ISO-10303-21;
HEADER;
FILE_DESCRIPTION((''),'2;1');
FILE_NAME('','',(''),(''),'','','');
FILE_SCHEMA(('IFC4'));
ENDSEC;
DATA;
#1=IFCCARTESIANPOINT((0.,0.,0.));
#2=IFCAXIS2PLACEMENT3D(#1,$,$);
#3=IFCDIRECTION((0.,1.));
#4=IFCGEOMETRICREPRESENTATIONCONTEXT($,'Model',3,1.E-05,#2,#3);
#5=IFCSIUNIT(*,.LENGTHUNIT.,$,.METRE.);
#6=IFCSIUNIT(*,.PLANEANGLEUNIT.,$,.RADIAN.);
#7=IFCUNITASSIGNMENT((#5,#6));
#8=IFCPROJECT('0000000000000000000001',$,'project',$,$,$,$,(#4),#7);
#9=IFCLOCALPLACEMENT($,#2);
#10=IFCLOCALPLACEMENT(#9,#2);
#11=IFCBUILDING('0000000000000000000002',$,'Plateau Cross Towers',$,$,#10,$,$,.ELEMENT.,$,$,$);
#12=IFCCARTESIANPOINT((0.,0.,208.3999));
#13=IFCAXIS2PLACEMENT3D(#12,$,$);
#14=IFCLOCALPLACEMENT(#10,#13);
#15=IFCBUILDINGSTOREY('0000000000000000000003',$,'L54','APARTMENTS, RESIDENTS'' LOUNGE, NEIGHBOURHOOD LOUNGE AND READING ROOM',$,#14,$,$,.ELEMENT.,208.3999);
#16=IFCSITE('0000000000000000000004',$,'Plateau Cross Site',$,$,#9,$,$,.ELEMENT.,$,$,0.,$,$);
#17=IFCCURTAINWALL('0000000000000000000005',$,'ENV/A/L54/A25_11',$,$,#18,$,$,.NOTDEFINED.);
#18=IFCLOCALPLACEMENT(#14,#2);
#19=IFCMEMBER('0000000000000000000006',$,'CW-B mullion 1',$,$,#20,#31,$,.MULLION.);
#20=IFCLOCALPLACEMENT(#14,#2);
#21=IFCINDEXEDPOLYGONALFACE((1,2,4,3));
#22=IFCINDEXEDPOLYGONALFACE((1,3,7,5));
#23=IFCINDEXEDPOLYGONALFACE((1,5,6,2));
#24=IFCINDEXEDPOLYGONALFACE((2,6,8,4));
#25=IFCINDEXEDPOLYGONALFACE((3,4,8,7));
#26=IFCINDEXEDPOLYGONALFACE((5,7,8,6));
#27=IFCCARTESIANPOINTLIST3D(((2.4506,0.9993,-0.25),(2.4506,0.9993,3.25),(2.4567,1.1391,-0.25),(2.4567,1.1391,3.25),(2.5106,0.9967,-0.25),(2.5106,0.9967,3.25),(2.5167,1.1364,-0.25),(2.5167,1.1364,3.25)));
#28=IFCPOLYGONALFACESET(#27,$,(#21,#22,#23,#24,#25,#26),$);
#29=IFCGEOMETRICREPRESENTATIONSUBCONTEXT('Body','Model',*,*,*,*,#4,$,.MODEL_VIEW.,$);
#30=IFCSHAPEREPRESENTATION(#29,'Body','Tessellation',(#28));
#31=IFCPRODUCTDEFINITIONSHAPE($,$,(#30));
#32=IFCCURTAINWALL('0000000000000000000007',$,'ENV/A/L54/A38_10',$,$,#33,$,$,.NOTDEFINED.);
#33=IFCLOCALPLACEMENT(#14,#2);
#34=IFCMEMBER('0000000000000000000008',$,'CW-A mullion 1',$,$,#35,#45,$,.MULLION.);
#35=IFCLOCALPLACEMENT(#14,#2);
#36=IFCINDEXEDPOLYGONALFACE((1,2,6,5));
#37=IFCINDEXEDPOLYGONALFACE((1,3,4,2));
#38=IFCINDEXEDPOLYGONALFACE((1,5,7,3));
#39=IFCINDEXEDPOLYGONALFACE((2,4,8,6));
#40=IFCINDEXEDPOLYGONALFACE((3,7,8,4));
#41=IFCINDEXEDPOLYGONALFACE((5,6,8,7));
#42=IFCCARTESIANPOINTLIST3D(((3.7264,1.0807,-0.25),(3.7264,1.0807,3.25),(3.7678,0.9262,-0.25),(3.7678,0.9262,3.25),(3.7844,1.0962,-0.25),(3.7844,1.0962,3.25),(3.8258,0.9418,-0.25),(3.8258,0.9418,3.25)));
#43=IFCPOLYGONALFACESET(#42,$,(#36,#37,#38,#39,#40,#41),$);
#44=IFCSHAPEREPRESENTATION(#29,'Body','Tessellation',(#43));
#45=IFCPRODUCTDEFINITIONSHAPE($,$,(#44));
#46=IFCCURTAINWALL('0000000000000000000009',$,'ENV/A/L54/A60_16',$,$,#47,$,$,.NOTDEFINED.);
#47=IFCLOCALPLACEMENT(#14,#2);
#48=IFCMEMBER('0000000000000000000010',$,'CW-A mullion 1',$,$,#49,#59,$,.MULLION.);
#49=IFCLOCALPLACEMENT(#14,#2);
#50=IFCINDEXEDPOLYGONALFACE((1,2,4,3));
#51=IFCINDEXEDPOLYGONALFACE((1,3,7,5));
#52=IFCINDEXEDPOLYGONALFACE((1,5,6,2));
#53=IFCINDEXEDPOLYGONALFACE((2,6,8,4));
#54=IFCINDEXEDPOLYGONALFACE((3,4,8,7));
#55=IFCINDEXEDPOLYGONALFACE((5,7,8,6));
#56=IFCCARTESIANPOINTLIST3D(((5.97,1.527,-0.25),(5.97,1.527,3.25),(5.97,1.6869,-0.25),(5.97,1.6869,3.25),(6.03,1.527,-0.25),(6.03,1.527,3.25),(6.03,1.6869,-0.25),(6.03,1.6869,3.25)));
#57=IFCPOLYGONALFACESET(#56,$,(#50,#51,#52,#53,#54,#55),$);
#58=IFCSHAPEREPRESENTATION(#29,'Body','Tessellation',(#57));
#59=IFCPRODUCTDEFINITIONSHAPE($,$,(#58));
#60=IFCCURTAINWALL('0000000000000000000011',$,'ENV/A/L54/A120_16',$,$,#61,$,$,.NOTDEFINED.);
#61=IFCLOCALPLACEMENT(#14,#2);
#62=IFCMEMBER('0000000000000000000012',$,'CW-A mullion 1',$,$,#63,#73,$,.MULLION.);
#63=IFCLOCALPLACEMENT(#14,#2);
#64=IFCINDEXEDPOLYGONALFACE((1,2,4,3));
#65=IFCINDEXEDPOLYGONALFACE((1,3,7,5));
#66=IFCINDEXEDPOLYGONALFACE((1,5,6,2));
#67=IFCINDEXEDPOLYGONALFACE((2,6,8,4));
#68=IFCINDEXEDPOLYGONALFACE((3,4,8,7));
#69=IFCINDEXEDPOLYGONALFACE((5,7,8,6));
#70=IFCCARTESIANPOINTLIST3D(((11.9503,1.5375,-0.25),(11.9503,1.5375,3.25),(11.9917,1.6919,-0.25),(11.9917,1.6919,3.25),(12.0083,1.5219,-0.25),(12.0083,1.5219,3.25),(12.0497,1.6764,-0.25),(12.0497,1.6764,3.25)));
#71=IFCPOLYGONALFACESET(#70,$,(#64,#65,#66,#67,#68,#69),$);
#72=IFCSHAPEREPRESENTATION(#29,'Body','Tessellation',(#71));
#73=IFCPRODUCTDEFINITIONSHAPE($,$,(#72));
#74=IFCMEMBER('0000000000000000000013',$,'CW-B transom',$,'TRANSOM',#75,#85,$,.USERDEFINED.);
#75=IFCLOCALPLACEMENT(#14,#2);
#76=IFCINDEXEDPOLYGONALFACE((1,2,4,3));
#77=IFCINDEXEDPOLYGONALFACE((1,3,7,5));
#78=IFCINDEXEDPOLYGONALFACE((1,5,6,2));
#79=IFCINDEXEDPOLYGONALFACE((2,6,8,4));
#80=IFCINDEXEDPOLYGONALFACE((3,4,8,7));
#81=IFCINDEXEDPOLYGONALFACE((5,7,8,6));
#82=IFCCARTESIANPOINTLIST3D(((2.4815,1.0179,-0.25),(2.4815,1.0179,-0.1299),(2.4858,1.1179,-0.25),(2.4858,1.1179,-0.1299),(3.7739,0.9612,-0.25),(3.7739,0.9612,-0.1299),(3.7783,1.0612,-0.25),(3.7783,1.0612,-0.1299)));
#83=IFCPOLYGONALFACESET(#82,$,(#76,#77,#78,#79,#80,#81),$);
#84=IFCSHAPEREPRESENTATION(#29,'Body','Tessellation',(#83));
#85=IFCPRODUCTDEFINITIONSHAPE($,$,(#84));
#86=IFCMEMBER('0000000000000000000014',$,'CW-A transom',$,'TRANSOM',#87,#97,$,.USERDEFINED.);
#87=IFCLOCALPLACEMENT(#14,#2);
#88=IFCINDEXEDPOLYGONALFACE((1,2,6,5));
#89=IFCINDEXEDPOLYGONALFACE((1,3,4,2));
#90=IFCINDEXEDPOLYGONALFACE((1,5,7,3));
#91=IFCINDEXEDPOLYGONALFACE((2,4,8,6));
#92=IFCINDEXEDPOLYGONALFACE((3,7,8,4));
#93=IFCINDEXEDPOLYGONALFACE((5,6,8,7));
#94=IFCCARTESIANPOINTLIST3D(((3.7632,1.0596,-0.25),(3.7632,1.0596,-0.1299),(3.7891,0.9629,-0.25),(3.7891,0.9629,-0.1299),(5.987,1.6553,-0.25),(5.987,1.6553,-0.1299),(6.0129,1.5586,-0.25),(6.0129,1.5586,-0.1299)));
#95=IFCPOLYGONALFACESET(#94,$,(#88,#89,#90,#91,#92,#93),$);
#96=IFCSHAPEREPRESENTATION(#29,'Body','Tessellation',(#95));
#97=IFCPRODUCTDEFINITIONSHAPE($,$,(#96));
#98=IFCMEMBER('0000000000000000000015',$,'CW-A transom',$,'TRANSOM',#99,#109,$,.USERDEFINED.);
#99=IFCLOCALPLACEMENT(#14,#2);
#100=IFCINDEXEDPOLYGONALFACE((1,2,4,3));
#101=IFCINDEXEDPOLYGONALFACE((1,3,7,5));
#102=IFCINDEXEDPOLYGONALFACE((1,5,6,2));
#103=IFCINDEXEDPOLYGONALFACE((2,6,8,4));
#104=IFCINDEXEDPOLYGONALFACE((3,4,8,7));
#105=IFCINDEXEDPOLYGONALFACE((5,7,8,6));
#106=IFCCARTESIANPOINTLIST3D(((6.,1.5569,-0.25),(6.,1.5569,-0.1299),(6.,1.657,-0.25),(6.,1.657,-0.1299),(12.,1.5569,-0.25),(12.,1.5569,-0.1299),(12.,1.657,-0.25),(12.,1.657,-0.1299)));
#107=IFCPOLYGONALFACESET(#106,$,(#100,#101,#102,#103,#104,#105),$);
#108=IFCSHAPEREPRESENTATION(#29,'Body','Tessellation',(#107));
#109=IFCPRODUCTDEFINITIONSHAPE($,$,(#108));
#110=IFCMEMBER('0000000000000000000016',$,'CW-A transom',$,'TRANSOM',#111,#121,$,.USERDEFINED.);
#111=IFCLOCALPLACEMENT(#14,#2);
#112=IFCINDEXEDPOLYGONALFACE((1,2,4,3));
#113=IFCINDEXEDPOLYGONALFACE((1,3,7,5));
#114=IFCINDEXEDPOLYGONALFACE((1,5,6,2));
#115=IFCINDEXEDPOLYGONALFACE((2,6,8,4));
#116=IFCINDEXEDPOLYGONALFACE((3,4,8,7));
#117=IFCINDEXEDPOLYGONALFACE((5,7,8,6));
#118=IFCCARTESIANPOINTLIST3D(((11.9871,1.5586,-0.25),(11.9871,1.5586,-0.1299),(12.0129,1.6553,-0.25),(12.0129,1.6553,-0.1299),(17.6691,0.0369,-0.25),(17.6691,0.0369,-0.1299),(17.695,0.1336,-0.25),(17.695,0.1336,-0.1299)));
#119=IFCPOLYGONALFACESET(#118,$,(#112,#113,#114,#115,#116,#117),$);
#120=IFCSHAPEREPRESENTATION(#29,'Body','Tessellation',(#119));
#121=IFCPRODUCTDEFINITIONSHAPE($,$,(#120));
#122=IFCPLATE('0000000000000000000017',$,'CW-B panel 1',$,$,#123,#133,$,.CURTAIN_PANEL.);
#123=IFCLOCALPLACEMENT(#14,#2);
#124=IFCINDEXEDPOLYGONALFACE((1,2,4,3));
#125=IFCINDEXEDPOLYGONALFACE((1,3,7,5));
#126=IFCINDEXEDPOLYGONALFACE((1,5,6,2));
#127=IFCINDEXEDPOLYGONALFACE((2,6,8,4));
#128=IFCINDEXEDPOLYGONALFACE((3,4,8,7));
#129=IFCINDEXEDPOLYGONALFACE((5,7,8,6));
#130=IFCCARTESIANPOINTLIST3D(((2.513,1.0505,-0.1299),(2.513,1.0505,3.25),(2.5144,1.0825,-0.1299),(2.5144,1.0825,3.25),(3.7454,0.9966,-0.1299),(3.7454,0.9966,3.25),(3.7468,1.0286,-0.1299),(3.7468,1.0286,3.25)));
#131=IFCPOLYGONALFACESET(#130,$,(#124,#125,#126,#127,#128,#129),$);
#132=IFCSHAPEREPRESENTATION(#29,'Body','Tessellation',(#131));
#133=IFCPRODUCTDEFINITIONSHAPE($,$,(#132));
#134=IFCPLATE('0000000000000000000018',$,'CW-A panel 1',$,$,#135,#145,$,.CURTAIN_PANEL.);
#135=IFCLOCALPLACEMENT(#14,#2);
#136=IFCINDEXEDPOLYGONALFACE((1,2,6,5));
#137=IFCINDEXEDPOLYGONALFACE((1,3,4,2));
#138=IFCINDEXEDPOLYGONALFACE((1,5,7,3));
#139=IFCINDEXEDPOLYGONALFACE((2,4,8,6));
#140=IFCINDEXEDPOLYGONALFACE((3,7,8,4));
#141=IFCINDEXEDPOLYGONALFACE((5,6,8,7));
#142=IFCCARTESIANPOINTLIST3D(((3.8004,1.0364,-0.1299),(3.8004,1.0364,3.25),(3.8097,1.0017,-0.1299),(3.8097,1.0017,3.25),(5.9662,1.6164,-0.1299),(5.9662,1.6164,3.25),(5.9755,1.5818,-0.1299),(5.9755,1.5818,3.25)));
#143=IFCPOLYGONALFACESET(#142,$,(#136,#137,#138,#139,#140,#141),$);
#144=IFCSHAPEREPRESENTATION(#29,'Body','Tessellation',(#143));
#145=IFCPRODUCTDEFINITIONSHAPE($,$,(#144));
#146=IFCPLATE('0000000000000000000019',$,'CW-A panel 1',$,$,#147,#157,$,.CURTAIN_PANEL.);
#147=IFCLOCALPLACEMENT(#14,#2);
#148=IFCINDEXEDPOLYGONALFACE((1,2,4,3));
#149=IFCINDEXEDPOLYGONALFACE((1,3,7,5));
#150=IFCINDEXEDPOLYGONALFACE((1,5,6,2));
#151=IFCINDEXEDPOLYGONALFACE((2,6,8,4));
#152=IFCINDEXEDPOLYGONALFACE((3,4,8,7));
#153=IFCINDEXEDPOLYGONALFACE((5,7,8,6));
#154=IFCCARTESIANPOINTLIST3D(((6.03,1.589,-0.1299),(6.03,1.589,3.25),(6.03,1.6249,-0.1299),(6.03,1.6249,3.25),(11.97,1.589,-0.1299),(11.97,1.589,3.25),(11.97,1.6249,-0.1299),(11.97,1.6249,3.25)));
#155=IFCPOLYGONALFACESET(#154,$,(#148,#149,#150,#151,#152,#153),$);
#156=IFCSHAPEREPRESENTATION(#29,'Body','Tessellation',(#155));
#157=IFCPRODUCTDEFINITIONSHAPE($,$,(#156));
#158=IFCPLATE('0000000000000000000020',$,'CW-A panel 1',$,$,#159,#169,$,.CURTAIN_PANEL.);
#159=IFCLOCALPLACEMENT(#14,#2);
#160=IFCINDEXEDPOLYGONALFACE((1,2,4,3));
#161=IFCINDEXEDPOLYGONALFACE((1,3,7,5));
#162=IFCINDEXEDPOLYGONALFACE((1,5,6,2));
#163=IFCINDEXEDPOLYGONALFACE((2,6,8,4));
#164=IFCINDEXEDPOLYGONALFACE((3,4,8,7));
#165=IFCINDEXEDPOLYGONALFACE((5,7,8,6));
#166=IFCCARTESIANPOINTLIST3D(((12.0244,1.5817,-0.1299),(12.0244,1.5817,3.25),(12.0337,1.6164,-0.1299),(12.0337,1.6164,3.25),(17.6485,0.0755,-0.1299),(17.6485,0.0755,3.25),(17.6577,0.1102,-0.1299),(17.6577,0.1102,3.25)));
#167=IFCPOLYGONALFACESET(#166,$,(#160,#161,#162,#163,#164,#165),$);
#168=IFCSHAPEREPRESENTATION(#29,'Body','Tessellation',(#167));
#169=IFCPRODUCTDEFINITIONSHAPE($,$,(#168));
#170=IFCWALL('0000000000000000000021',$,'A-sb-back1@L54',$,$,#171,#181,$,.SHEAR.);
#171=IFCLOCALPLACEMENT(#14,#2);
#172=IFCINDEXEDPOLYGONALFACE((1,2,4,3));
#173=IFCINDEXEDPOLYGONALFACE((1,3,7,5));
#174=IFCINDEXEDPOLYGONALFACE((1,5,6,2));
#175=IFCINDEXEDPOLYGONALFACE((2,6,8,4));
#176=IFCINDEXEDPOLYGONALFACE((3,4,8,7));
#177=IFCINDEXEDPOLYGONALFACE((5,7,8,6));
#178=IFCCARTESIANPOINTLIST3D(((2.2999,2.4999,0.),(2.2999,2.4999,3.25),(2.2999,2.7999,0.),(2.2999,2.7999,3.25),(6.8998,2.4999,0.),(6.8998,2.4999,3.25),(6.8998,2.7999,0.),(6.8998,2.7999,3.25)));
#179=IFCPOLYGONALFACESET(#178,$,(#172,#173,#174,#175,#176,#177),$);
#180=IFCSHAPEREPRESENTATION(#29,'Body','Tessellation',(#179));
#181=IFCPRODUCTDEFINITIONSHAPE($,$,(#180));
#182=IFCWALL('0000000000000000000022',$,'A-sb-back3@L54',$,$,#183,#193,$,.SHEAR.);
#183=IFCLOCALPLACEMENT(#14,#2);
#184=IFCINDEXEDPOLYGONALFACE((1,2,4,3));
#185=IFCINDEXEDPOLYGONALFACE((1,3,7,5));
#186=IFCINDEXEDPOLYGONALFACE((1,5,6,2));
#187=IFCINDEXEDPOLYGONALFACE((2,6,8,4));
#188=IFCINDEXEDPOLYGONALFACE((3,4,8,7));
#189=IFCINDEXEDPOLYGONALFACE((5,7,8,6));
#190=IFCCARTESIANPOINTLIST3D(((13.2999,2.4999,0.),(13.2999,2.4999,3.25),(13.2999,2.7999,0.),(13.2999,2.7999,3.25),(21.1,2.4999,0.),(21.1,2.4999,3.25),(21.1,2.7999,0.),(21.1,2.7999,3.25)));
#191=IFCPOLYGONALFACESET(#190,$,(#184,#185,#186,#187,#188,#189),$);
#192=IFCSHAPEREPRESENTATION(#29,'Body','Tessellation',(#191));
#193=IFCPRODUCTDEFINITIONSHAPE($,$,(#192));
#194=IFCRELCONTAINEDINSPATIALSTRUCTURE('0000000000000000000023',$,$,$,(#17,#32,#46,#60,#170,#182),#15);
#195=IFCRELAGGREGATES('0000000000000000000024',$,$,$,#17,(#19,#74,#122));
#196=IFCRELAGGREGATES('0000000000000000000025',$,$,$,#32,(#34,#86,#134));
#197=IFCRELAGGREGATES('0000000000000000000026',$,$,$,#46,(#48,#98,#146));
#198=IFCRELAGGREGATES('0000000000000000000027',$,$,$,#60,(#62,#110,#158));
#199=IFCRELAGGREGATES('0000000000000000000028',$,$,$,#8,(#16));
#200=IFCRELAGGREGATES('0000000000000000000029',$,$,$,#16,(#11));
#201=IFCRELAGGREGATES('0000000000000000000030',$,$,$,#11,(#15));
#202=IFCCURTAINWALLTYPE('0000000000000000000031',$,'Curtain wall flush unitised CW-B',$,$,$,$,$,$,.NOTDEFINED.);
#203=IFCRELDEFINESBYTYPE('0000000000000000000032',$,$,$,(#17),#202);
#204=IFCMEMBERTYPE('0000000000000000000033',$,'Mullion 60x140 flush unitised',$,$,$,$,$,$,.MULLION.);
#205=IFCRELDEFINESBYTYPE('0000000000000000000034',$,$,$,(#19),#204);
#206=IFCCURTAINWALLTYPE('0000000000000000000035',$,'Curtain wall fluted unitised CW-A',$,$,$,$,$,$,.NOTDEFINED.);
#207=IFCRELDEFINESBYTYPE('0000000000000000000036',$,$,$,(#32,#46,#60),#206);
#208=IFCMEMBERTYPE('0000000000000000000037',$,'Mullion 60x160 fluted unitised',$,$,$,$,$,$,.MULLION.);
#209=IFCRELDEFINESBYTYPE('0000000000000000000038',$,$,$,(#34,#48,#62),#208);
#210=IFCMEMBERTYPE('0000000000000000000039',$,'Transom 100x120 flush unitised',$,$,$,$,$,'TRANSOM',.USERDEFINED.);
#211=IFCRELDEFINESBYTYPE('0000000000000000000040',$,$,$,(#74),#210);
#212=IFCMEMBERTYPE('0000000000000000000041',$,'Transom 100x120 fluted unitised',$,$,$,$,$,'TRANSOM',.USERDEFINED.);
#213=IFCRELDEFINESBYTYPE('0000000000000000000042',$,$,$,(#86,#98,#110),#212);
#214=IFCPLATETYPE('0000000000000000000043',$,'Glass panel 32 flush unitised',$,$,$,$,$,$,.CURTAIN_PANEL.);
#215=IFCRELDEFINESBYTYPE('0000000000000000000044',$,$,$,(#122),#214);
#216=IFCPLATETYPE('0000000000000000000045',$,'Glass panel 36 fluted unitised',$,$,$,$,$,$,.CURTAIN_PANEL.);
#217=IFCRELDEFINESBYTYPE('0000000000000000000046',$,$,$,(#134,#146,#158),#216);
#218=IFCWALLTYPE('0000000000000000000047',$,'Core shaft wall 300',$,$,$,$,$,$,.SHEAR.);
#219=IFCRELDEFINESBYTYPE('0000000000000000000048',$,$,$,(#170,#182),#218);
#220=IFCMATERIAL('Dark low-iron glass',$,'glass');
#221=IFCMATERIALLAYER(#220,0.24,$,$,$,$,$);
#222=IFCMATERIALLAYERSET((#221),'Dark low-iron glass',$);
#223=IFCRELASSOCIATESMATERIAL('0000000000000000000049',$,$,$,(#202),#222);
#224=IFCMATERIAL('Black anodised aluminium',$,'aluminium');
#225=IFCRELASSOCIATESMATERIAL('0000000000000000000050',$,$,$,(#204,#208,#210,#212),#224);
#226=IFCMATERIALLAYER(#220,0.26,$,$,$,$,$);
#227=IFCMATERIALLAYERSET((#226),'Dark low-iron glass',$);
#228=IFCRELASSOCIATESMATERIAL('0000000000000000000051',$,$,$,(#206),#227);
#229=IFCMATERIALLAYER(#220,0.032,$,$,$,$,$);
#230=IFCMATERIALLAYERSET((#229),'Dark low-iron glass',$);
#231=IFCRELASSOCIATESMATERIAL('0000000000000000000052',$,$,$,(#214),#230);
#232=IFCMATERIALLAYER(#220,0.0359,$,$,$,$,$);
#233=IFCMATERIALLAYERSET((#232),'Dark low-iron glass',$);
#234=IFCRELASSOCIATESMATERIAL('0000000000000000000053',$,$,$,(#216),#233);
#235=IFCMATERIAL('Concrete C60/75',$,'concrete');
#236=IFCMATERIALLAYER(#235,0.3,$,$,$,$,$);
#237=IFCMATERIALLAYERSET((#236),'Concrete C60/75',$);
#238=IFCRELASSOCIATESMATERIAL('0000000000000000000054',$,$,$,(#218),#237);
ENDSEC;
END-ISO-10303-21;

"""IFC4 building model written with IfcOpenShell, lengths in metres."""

from ifc_helpers import new_model, si_unit, direction, frame, frame_2d, origin, origin_2d, place, context, subcontext, project, spatial, rectangle, extrude, material, layer, layer_set, material_profile, profile_set, type_object, element, aggregate, save


model = new_model("IFC4")

# Units and contexts
model_context = context("Model", 3, precision=1e-05, world=origin(), true_north=direction((0.0, 1.0)))
body_context = subcontext(model_context, "Body", "Model", "MODEL_VIEW")
ifc_project = project(units=[si_unit("LENGTHUNIT", "METRE"), si_unit("PLANEANGLEUNIT", "RADIAN")], contexts=[model_context])

# Site, building, storey
site_placement = place(None, origin())
site = spatial("IfcSite", under=ifc_project, at=site_placement, Name="Plateau Cross Site", CompositionType="ELEMENT", RefElevation=0.0)
building_placement = place(site_placement, origin())
building = spatial("IfcBuilding", under=site, at=building_placement, Name="Plateau Cross Towers", CompositionType="ELEMENT")
storey_placement = place(building_placement, frame((0.0, 0.0, 208.3999)))
storey = spatial("IfcBuildingStorey", under=building, at=storey_placement, Name="L54", Description="APARTMENTS, RESIDENTS' LOUNGE, NEIGHBOURHOOD LOUNGE AND READING ROOM", CompositionType="ELEMENT", Elevation=208.3999)

# Curtain walls, members
ifc_material_1 = material(Name="Dark low-iron glass", Category="glass")
ifc_layer_1 = layer(ifc_material_1, 0.24)
ifc_layer_set_1 = layer_set([ifc_layer_1], Name="Dark low-iron glass")
curtain_wall_type_1 = type_object("IfcCurtainWallType", Name="Curtain wall flush unitised CW-B", PredefinedType="NOTDEFINED", material=ifc_layer_set_1)
curtain_wall_1_placement = place(storey_placement, origin())
curtain_wall_1 = element("IfcCurtainWall", 1, at=curtain_wall_1_placement, inside=storey, type_object=curtain_wall_type_1, Name="ENV/A/L54/A25_11", PredefinedType="NOTDEFINED")
ifc_material_2 = material(Name="Black anodised aluminium", Category="aluminium")
ifc_material_profile_1 = material_profile(ifc_material_2, rectangle(XDim=0.0601, YDim=0.1399, at=origin_2d()), Name="MULLION 60x140")
ifc_profile_set_1 = profile_set([ifc_material_profile_1], Name="Black anodised aluminium")
member_type_1 = type_object("IfcMemberType", Name="Mullion 60x140 flush unitised", PredefinedType="MULLION", material=ifc_profile_set_1)
member_1_placement = place(storey_placement, frame((2.4836, 1.0679, -0.25), z_axis=(0.0, 0.0, 1.0), x_axis=(0.999044, -0.043723, 0.0)))
member_1 = element("IfcMember", 2, at=member_1_placement, type_object=member_type_1, Name="CW-B mullion 1", PredefinedType="MULLION", context=body_context, shape_type="SweptSolid", body=[
    extrude(rectangle(XDim=0.0601, YDim=0.1399, at=origin_2d()), origin(), (0.0, 0.0, 1.0), 3.5),
])
ifc_layer_2 = layer(ifc_material_1, 0.26)
ifc_layer_set_2 = layer_set([ifc_layer_2], Name="Dark low-iron glass")
curtain_wall_type_2 = type_object("IfcCurtainWallType", Name="Curtain wall fluted unitised CW-A", PredefinedType="NOTDEFINED", material=ifc_layer_set_2)
curtain_wall_2_placement = place(storey_placement, origin())
curtain_wall_2 = element("IfcCurtainWall", 3, at=curtain_wall_2_placement, inside=storey, type_object=curtain_wall_type_2, Name="ENV/A/L54/A38_10", PredefinedType="NOTDEFINED")
ifc_material_profile_2 = material_profile(ifc_material_2, rectangle(XDim=0.0601, YDim=0.1599, at=origin_2d()), Name="MULLION 60x160")
ifc_profile_set_2 = profile_set([ifc_material_profile_2], Name="Black anodised aluminium")
member_type_2 = type_object("IfcMemberType", Name="Mullion 60x160 fluted unitised", PredefinedType="MULLION", material=ifc_profile_set_2)
member_2_placement = place(storey_placement, frame((3.7761, 1.0112, -0.25), z_axis=(0.0, 0.0, 1.0), x_axis=(0.965958, 0.258699, 0.0)))
member_2 = element("IfcMember", 4, at=member_2_placement, type_object=member_type_2, Name="CW-A mullion 1", PredefinedType="MULLION", context=body_context, shape_type="SweptSolid", body=[
    extrude(rectangle(XDim=0.0601, YDim=0.1599, at=origin_2d()), origin(), (0.0, 0.0, 1.0), 3.5),
])
curtain_wall_3_placement = place(storey_placement, origin())
curtain_wall_3 = element("IfcCurtainWall", 5, at=curtain_wall_3_placement, inside=storey, type_object=curtain_wall_type_2, Name="ENV/A/L54/A60_16", PredefinedType="NOTDEFINED")
member_3_placement = place(storey_placement, frame((6.0, 1.6069, -0.25), z_axis=(0.0, 0.0, 1.0), x_axis=(1.0, 0.0, 0.0)))
member_3 = element("IfcMember", 6, at=member_3_placement, type_object=member_type_2, Name="CW-A mullion 1", PredefinedType="MULLION", context=body_context, shape_type="SweptSolid", body=[
    extrude(rectangle(XDim=0.0601, YDim=0.1599, at=origin_2d()), origin(), (0.0, 0.0, 1.0), 3.5),
])
curtain_wall_4_placement = place(storey_placement, origin())
curtain_wall_4 = element("IfcCurtainWall", 7, at=curtain_wall_4_placement, inside=storey, type_object=curtain_wall_type_2, Name="ENV/A/L54/A120_16", PredefinedType="NOTDEFINED")
member_4_placement = place(storey_placement, frame((12.0, 1.6069, -0.25), z_axis=(0.0, 0.0, 1.0), x_axis=(0.965958, -0.258699, 0.0)))
member_4 = element("IfcMember", 8, at=member_4_placement, type_object=member_type_2, Name="CW-A mullion 1", PredefinedType="MULLION", context=body_context, shape_type="SweptSolid", body=[
    extrude(rectangle(XDim=0.0601, YDim=0.1599, at=origin_2d()), origin(), (0.0, 0.0, 1.0), 3.5),
])

# Members
ifc_material_profile_3 = material_profile(ifc_material_2, rectangle(XDim=0.1001, YDim=0.1201, at=origin_2d()), Name="TRANSOM 100x120")
ifc_profile_set_3 = profile_set([ifc_material_profile_3], Name="Black anodised aluminium")
member_type_3 = type_object("IfcMemberType", Name="Transom 100x120 flush unitised", ElementType="TRANSOM", PredefinedType="USERDEFINED", material=ifc_profile_set_3)
member_5_placement = place(storey_placement, frame((2.4836, 1.0679, -0.1899), z_axis=(0.999041, -0.043781, 0.0), x_axis=(0.043781, 0.999041, 0.0)))
member_5 = element("IfcMember", 9, at=member_5_placement, type_object=member_type_3, Name="CW-B transom", ObjectType="TRANSOM", PredefinedType="USERDEFINED", context=body_context, shape_type="SweptSolid", body=[
    extrude(rectangle(XDim=0.1001, YDim=0.1201, at=origin_2d()), origin(), (0.0, 0.0, 1.0), 1.2937),
])
ifc_material_profile_4 = material_profile(ifc_material_2, rectangle(XDim=0.1001, YDim=0.1201, at=origin_2d()), Name="TRANSOM 100x120")
ifc_profile_set_4 = profile_set([ifc_material_profile_4], Name="Black anodised aluminium")
member_type_4 = type_object("IfcMemberType", Name="Transom 100x120 fluted unitised", ElementType="TRANSOM", PredefinedType="USERDEFINED", material=ifc_profile_set_4)
member_6_placement = place(storey_placement, frame((3.7761, 1.0112, -0.1899), z_axis=(0.965946, 0.258745, 0.0), x_axis=(-0.258745, 0.965946, 0.0)))
member_6 = element("IfcMember", 10, at=member_6_placement, type_object=member_type_4, Name="CW-A transom", ObjectType="TRANSOM", PredefinedType="USERDEFINED", context=body_context, shape_type="SweptSolid", body=[
    extrude(rectangle(XDim=0.1001, YDim=0.1201, at=origin_2d()), origin(), (0.0, 0.0, 1.0), 2.3022),
])
member_7_placement = place(storey_placement, frame((6.0, 1.6069, -0.1899), z_axis=(1.0, 0.0, 0.0), x_axis=(0.0, 1.0, 0.0)))
member_7 = element("IfcMember", 11, at=member_7_placement, type_object=member_type_4, Name="CW-A transom", ObjectType="TRANSOM", PredefinedType="USERDEFINED", context=body_context, shape_type="SweptSolid", body=[
    extrude(rectangle(XDim=0.1001, YDim=0.1201, at=origin_2d()), origin(), (0.0, 0.0, 1.0), 6.0),
])
member_8_placement = place(storey_placement, frame((12.0, 1.6069, -0.1899), z_axis=(0.96596, -0.258693, 0.0), x_axis=(0.258693, 0.96596, 0.0)))
member_8 = element("IfcMember", 12, at=member_8_placement, type_object=member_type_4, Name="CW-A transom", ObjectType="TRANSOM", PredefinedType="USERDEFINED", context=body_context, shape_type="SweptSolid", body=[
    extrude(rectangle(XDim=0.1001, YDim=0.1201, at=origin_2d()), origin(), (0.0, 0.0, 1.0), 5.8823),
])

# Plates
ifc_layer_3 = layer(ifc_material_1, 0.032)
ifc_layer_set_3 = layer_set([ifc_layer_3], Name="Dark low-iron glass")
plate_type_1 = type_object("IfcPlateType", Name="Glass panel 32 flush unitised", PredefinedType="CURTAIN_PANEL", material=ifc_layer_set_3)
plate_1_placement = place(storey_placement, frame((3.1299, 1.0396, -0.1299), z_axis=(0.0, 0.0, 1.0), x_axis=(0.999044, -0.043723, 0.0)))
plate_1 = element("IfcPlate", 13, at=plate_1_placement, type_object=plate_type_1, Name="CW-B panel 1", PredefinedType="CURTAIN_PANEL", context=body_context, shape_type="SweptSolid", body=[
    extrude(rectangle(XDim=1.2336, YDim=0.032, at=origin_2d()), origin(), (0.0, 0.0, 1.0), 3.3799),
])
aggregate(curtain_wall_1, [member_1, member_5, plate_1])
ifc_layer_4 = layer(ifc_material_1, 0.0359)
ifc_layer_set_4 = layer_set([ifc_layer_4], Name="Dark low-iron glass")
plate_type_2 = type_object("IfcPlateType", Name="Glass panel 36 fluted unitised", PredefinedType="CURTAIN_PANEL", material=ifc_layer_set_4)
plate_2_placement = place(storey_placement, frame((4.8879, 1.3091, -0.1299), z_axis=(0.0, 0.0, 1.0), x_axis=(0.965958, 0.258699, 0.0)))
plate_2 = element("IfcPlate", 14, at=plate_2_placement, type_object=plate_type_2, Name="CW-A panel 1", PredefinedType="CURTAIN_PANEL", context=body_context, shape_type="SweptSolid", body=[
    extrude(rectangle(XDim=2.2422, YDim=0.0359, at=origin_2d()), origin(), (0.0, 0.0, 1.0), 3.3799),
])
aggregate(curtain_wall_2, [member_2, member_6, plate_2])
plate_3_placement = place(storey_placement, frame((9.0, 1.6069, -0.1299), z_axis=(0.0, 0.0, 1.0), x_axis=(1.0, 0.0, 0.0)))
plate_3 = element("IfcPlate", 15, at=plate_3_placement, type_object=plate_type_2, Name="CW-A panel 1", PredefinedType="CURTAIN_PANEL", context=body_context, shape_type="SweptSolid", body=[
    extrude(rectangle(XDim=5.9399, YDim=0.0359, at=origin_2d()), origin(), (0.0, 0.0, 1.0), 3.3799),
])
aggregate(curtain_wall_3, [member_3, member_7, plate_3])
plate_4_placement = place(storey_placement, frame((14.8411, 0.8459, -0.1299), z_axis=(0.0, 0.0, 1.0), x_axis=(0.965958, -0.258699, 0.0)))
plate_4 = element("IfcPlate", 16, at=plate_4_placement, type_object=plate_type_2, Name="CW-A panel 1", PredefinedType="CURTAIN_PANEL", context=body_context, shape_type="SweptSolid", body=[
    extrude(rectangle(XDim=5.8223, YDim=0.0359, at=origin_2d()), origin(), (0.0, 0.0, 1.0), 3.3799),
])
aggregate(curtain_wall_4, [member_4, member_8, plate_4])

# Walls
ifc_material_3 = material(Name="Concrete C60/75", Category="concrete")
ifc_layer_5 = layer(ifc_material_3, 0.3)
ifc_layer_set_5 = layer_set([ifc_layer_5], Name="Concrete C60/75")
wall_type_1 = type_object("IfcWallType", Name="Core shaft wall 300", PredefinedType="SHEAR", material=ifc_layer_set_5)
wall_1_placement = place(storey_placement, frame((2.3, 2.6499, 0.0), z_axis=(0.0, 0.0, 1.0), x_axis=(1.0, 0.0, 0.0)))
element("IfcWall", 17, at=wall_1_placement, inside=storey, type_object=wall_type_1, Name="A-sb-back1@L54", PredefinedType="SHEAR", context=body_context, shape_type="SweptSolid", body=[
    extrude(rectangle(XDim=4.5999, YDim=0.3, at=frame_2d((2.2998, 0.0))), origin(), (0.0, 0.0, 1.0), 3.25),
])
wall_2_placement = place(storey_placement, frame((13.3, 2.6499, 0.0), z_axis=(0.0, 0.0, 1.0), x_axis=(1.0, 0.0, 0.0)))
element("IfcWall", 18, at=wall_2_placement, inside=storey, type_object=wall_type_1, Name="A-sb-back3@L54", PredefinedType="SHEAR", context=body_context, shape_type="SweptSolid", body=[
    extrude(rectangle(XDim=7.8, YDim=0.3, at=frame_2d((3.8999, 0.0))), origin(), (0.0, 0.0, 1.0), 3.25),
])

save(model, "model.ifc")
